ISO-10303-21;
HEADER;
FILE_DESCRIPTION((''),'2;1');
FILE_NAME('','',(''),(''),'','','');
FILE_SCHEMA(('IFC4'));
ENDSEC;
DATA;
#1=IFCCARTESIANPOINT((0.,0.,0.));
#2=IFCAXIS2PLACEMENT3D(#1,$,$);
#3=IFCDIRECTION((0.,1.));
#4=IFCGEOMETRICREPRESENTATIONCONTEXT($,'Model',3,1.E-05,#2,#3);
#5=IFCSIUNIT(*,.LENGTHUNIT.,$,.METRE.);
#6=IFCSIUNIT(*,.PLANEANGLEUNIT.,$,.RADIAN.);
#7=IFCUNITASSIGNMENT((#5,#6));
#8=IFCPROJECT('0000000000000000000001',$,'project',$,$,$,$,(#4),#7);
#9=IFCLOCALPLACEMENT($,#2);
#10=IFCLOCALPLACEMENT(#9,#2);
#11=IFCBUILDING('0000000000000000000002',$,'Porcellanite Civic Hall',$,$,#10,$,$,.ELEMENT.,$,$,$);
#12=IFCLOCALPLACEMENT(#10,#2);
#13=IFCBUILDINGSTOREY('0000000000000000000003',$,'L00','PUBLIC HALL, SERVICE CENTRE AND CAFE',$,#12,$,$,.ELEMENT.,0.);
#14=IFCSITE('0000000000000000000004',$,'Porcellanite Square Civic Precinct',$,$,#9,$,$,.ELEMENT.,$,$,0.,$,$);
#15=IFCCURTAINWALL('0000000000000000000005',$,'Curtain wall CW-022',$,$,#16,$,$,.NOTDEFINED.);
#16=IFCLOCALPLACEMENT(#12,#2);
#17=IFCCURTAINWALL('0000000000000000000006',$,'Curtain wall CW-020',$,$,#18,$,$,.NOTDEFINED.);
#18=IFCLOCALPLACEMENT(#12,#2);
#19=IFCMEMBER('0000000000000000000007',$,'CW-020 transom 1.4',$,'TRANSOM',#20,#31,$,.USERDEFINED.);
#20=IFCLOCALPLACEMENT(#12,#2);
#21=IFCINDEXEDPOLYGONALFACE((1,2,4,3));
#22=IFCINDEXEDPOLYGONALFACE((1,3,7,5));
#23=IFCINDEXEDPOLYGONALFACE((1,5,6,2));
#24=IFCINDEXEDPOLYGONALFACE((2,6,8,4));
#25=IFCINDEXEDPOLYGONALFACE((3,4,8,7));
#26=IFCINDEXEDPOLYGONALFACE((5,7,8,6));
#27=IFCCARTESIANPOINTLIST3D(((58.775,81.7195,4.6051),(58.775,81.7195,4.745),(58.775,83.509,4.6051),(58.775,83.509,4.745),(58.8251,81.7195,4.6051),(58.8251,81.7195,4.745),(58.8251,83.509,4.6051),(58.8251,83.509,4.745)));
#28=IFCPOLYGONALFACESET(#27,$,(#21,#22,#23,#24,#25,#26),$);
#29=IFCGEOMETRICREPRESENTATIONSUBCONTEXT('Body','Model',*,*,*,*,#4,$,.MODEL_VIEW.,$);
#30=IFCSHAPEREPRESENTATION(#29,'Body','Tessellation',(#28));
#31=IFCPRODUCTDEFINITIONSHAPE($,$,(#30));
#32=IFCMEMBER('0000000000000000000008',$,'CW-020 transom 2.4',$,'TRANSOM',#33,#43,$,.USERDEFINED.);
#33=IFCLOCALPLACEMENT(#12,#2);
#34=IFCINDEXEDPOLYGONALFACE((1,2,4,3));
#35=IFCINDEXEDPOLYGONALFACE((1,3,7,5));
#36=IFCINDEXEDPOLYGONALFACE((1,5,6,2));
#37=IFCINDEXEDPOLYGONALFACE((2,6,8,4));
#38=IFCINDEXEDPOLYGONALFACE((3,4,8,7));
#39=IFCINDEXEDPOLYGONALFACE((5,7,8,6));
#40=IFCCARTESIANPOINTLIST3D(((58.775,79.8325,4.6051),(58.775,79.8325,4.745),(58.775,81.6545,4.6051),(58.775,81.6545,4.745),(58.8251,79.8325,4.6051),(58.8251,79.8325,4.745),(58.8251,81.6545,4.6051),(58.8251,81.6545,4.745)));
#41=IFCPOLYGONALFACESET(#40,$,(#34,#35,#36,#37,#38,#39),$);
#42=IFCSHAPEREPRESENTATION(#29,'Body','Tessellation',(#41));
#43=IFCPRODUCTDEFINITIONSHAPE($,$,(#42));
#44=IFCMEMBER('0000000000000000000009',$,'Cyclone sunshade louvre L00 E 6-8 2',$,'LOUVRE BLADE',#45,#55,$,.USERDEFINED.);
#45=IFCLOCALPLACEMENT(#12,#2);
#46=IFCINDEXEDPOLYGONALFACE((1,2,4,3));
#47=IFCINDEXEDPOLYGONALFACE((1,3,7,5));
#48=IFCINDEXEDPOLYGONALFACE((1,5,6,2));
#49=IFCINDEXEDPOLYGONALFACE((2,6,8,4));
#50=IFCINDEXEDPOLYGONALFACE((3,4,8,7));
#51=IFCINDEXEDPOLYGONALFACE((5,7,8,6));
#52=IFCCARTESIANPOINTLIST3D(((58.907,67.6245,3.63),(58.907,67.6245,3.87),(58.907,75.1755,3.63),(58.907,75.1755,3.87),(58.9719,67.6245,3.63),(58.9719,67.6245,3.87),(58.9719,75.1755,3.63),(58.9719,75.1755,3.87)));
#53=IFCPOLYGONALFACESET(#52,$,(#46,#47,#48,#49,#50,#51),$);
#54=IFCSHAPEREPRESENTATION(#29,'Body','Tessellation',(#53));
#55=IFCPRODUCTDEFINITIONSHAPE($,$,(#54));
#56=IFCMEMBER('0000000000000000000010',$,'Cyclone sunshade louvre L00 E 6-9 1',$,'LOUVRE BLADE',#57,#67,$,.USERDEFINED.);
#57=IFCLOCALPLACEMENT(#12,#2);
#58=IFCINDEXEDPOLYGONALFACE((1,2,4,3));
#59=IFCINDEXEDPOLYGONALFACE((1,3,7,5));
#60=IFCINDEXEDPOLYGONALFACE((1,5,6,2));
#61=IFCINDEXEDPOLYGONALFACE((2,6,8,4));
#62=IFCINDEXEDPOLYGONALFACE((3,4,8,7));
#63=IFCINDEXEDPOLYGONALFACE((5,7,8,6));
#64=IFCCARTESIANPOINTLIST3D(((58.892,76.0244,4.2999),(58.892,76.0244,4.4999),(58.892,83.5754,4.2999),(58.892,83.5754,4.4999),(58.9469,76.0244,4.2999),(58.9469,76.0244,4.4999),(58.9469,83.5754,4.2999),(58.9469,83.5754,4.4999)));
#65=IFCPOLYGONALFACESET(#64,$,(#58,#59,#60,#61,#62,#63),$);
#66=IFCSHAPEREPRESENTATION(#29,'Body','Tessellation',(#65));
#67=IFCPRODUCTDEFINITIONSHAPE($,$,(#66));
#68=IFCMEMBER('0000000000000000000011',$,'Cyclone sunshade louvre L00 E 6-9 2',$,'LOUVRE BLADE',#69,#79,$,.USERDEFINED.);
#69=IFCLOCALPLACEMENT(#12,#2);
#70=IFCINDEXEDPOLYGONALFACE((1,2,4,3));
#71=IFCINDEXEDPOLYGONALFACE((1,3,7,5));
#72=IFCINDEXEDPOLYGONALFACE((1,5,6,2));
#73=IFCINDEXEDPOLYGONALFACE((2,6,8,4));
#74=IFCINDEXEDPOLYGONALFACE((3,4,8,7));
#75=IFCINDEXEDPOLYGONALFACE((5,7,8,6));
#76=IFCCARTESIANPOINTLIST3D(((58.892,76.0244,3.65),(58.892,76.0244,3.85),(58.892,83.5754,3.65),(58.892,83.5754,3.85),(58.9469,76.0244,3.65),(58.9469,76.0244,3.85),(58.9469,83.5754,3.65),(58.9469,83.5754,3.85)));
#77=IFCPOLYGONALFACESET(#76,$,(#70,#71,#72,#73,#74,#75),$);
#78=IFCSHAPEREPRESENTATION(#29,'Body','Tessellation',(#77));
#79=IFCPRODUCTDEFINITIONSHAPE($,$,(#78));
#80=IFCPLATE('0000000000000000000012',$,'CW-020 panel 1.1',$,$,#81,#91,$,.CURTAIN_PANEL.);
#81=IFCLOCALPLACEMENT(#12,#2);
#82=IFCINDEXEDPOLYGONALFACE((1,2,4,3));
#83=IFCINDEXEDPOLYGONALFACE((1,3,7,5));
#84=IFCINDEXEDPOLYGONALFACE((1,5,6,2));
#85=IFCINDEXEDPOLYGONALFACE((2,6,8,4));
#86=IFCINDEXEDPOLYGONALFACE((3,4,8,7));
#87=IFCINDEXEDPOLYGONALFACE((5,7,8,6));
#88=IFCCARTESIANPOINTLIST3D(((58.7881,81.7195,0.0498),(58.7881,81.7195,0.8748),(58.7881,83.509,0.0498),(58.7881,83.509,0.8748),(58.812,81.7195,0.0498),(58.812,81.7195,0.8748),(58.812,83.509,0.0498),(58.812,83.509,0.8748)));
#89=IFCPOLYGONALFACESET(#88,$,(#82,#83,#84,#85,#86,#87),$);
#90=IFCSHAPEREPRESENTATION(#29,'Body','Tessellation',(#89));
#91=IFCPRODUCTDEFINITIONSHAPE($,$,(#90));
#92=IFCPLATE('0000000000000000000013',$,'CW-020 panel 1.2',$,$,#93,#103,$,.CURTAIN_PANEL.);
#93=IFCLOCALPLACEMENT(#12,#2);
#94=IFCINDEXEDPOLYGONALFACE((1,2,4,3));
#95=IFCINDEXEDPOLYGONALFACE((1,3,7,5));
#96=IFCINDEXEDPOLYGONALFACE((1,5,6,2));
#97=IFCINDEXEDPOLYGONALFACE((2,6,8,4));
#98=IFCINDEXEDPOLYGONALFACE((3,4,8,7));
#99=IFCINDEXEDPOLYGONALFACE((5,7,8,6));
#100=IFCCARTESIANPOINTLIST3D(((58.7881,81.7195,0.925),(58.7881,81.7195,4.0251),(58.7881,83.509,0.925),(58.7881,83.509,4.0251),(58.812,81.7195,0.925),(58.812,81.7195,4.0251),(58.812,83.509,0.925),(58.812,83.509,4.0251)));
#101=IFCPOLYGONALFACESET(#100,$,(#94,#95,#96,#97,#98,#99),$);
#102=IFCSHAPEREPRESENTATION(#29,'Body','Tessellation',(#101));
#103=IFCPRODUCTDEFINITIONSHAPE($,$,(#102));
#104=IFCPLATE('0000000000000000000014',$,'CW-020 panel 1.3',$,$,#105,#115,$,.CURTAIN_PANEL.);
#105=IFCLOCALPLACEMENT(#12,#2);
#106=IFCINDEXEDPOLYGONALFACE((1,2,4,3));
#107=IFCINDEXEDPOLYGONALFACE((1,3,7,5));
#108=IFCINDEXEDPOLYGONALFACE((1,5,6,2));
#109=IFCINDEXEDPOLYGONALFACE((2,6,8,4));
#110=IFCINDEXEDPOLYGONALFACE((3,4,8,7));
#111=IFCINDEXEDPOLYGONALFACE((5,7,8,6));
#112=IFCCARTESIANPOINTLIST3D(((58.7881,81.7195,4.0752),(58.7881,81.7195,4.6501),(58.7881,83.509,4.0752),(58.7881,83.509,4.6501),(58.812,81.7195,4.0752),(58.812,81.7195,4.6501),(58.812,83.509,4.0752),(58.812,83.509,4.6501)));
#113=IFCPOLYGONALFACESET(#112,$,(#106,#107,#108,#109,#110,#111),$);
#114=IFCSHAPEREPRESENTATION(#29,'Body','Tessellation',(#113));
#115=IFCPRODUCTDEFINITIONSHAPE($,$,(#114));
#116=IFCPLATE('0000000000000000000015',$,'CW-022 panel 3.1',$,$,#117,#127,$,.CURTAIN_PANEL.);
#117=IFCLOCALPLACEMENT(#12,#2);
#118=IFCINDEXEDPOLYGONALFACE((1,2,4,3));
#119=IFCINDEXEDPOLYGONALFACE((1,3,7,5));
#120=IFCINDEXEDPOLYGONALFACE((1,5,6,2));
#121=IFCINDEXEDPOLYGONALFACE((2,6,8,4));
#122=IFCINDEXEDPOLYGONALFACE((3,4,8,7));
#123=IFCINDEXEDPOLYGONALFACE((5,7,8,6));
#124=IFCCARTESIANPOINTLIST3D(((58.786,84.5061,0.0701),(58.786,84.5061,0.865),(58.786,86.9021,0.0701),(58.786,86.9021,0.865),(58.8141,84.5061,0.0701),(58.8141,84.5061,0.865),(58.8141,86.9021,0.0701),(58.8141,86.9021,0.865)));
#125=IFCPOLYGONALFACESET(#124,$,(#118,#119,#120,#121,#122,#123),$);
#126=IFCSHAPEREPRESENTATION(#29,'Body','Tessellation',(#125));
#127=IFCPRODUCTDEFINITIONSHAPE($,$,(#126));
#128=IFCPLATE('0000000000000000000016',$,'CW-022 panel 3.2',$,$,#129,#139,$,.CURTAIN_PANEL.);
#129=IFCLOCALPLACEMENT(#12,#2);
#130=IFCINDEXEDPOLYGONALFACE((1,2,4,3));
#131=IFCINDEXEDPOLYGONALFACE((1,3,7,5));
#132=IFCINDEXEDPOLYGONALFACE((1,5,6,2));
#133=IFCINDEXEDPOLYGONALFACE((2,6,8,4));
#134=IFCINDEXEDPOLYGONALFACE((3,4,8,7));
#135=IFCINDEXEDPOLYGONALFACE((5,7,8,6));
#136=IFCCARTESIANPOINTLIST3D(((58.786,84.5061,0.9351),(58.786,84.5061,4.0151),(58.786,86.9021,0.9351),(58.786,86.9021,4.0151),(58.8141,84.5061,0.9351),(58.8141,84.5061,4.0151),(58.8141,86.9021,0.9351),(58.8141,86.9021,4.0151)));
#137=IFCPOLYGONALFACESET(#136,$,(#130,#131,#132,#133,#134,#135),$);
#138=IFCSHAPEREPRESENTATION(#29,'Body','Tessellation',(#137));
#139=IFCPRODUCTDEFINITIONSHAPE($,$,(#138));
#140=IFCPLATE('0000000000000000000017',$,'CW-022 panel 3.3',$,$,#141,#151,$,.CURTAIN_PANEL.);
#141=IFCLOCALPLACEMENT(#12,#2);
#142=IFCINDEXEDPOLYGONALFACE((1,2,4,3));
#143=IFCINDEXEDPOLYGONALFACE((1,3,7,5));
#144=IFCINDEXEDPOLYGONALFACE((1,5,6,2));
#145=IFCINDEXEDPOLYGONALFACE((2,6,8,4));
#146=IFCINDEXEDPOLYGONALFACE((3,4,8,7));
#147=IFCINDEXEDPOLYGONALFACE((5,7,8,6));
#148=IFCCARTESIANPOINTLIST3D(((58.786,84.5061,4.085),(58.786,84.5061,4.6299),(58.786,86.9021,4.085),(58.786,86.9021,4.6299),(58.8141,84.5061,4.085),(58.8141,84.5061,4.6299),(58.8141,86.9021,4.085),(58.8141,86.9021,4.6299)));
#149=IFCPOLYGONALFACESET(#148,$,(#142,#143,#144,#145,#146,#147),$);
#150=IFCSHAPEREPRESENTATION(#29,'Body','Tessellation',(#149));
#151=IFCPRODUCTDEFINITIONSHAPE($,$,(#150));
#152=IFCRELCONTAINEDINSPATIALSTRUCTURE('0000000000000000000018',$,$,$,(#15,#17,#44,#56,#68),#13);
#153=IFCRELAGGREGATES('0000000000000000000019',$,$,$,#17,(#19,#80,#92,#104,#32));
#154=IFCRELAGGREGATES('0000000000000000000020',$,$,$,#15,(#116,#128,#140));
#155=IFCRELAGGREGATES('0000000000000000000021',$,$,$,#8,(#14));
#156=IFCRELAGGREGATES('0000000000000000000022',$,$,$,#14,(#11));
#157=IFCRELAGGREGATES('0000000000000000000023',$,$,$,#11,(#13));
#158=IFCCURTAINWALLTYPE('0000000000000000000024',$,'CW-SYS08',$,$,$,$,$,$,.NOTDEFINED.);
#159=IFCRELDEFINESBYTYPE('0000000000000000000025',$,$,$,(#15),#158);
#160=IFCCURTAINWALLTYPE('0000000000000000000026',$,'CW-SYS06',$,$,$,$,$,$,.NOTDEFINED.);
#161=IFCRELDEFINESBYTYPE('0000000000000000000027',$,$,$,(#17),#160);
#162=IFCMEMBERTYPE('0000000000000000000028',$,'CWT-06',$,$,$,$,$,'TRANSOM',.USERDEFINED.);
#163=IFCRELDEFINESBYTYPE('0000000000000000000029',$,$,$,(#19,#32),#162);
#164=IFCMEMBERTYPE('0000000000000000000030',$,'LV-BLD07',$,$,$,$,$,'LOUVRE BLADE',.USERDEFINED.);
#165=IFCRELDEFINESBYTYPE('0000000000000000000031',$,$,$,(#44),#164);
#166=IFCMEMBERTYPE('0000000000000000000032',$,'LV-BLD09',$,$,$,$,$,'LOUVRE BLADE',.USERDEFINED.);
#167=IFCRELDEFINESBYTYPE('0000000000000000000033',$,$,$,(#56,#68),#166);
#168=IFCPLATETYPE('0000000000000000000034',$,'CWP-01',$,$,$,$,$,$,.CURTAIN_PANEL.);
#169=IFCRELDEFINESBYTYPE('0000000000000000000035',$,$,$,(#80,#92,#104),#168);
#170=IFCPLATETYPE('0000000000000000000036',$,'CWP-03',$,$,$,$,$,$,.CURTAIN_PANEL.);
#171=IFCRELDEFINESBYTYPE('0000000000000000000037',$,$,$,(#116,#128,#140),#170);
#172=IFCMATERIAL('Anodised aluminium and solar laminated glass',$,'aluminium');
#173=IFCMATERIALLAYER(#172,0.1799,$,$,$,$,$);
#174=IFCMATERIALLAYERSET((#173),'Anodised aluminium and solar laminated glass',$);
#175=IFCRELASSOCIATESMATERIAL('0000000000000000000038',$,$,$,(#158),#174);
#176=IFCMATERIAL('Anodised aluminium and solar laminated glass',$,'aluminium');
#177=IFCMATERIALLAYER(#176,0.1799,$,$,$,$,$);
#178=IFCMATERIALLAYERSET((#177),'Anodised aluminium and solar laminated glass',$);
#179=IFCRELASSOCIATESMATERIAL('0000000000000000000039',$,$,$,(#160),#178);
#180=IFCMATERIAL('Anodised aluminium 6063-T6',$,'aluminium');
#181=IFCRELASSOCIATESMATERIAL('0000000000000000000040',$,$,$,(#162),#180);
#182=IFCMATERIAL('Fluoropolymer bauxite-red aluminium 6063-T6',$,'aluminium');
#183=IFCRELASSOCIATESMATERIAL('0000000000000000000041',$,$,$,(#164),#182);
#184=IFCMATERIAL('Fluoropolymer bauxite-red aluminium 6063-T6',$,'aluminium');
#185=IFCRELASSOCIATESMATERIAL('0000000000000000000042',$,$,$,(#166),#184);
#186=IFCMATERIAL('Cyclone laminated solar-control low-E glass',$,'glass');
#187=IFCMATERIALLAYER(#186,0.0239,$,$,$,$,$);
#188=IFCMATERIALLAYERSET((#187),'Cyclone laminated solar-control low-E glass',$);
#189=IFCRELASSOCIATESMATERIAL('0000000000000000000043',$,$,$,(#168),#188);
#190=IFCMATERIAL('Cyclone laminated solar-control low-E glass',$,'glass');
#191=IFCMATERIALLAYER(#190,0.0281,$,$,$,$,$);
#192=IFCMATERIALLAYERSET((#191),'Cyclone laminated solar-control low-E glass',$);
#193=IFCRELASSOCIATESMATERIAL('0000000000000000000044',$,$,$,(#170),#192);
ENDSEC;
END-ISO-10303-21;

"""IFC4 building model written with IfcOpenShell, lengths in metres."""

from ifc_helpers import new_model, si_unit, direction, frame, origin, origin_2d, place, context, subcontext, project, spatial, rectangle, extrude, material, layer, layer_set, material_profile, profile_set, type_object, element, aggregate, save


model = new_model("IFC4")

# Units and contexts
model_context = context("Model", 3, precision=1e-05, world=origin(), true_north=direction((0.0, 1.0)))
body_context = subcontext(model_context, "Body", "Model", "MODEL_VIEW")
ifc_project = project(units=[si_unit("LENGTHUNIT", "METRE"), si_unit("PLANEANGLEUNIT", "RADIAN")], contexts=[model_context])

# Site, building, storey
site_placement = place(None, origin())
site = spatial("IfcSite", under=ifc_project, at=site_placement, Name="Porcellanite Square Civic Precinct", CompositionType="ELEMENT", RefElevation=0.0)
building_placement = place(site_placement, origin())
building = spatial("IfcBuilding", under=site, at=building_placement, Name="Porcellanite Civic Hall", CompositionType="ELEMENT")
storey_placement = place(building_placement, origin())
storey = spatial("IfcBuildingStorey", under=building, at=storey_placement, Name="L00", Description="PUBLIC HALL, SERVICE CENTRE AND CAFE", CompositionType="ELEMENT", Elevation=0.0)

# Curtain walls
ifc_material_1 = material(Name="Anodised aluminium and solar laminated glass", Category="aluminium")
ifc_layer_1 = layer(ifc_material_1, 0.1799)
ifc_layer_set_1 = layer_set([ifc_layer_1], Name="Anodised aluminium and solar laminated glass")
curtain_wall_type_1 = type_object("IfcCurtainWallType", Name="CW-SYS08", PredefinedType="NOTDEFINED", material=ifc_layer_set_1)
curtain_wall_1_placement = place(storey_placement, origin())
curtain_wall_1 = element("IfcCurtainWall", 1, at=curtain_wall_1_placement, inside=storey, type_object=curtain_wall_type_1, Name="Curtain wall CW-022", PredefinedType="NOTDEFINED")
ifc_material_2 = material(Name="Anodised aluminium and solar laminated glass", Category="aluminium")
ifc_layer_2 = layer(ifc_material_2, 0.1799)
ifc_layer_set_2 = layer_set([ifc_layer_2], Name="Anodised aluminium and solar laminated glass")
curtain_wall_type_2 = type_object("IfcCurtainWallType", Name="CW-SYS06", PredefinedType="NOTDEFINED", material=ifc_layer_set_2)
curtain_wall_2_placement = place(storey_placement, origin())
curtain_wall_2 = element("IfcCurtainWall", 2, at=curtain_wall_2_placement, inside=storey, type_object=curtain_wall_type_2, Name="Curtain wall CW-020", PredefinedType="NOTDEFINED")

# Members
ifc_material_3 = material(Name="Anodised aluminium 6063-T6", Category="aluminium")
ifc_material_profile_1 = material_profile(ifc_material_3, rectangle(XDim=0.05, YDim=0.1399, at=origin_2d()), Name="AL-50x140")
ifc_profile_set_1 = profile_set([ifc_material_profile_1], Name="Anodised aluminium 6063-T6")
member_type_1 = type_object("IfcMemberType", Name="CWT-06", ElementType="TRANSOM", PredefinedType="USERDEFINED", material=ifc_profile_set_1)
member_1_placement = place(storey_placement, frame((58.8, 83.509, 4.675), z_axis=(0.0, -1.0, 0.0), x_axis=(1.0, 0.0, 0.0)))
member_1 = element("IfcMember", 3, at=member_1_placement, type_object=member_type_1, Name="CW-020 transom 1.4", ObjectType="TRANSOM", PredefinedType="USERDEFINED", context=body_context, shape_type="SweptSolid", body=[
    extrude(rectangle(XDim=0.05, YDim=0.1399, at=origin_2d()), origin(), (0.0, 0.0, 1.0), 1.7896),
])
member_2_placement = place(storey_placement, frame((58.8, 81.6545, 4.675), z_axis=(0.0, -1.0, 0.0), x_axis=(1.0, 0.0, 0.0)))
member_2 = element("IfcMember", 4, at=member_2_placement, type_object=member_type_1, Name="CW-020 transom 2.4", ObjectType="TRANSOM", PredefinedType="USERDEFINED", context=body_context, shape_type="SweptSolid", body=[
    extrude(rectangle(XDim=0.05, YDim=0.1399, at=origin_2d()), origin(), (0.0, 0.0, 1.0), 1.822),
])

# Members
ifc_material_4 = material(Name="Fluoropolymer bauxite-red aluminium 6063-T6", Category="aluminium")
ifc_material_profile_2 = material_profile(ifc_material_4, rectangle(XDim=0.0649, YDim=0.24, at=origin_2d()), Name="AL-65x240")
ifc_profile_set_2 = profile_set([ifc_material_profile_2], Name="Fluoropolymer bauxite-red aluminium 6063-T6")
member_type_2 = type_object("IfcMemberType", Name="LV-BLD07", ElementType="LOUVRE BLADE", PredefinedType="USERDEFINED", material=ifc_profile_set_2)
member_3_placement = place(storey_placement, frame((58.9395, 75.1755, 3.75), z_axis=(0.0, -1.0, 0.0), x_axis=(1.0, 0.0, 0.0)))
element("IfcMember", 5, at=member_3_placement, inside=storey, type_object=member_type_2, Name="Cyclone sunshade louvre L00 E 6-8 2", ObjectType="LOUVRE BLADE", PredefinedType="USERDEFINED", context=body_context, shape_type="SweptSolid", body=[
    extrude(rectangle(XDim=0.0649, YDim=0.24, at=origin_2d()), origin(), (0.0, 0.0, 1.0), 7.551),
])
ifc_material_5 = material(Name="Fluoropolymer bauxite-red aluminium 6063-T6", Category="aluminium")
ifc_material_profile_3 = material_profile(ifc_material_5, rectangle(XDim=0.0549, YDim=0.2, at=origin_2d()), Name="AL-55x200")
ifc_profile_set_3 = profile_set([ifc_material_profile_3], Name="Fluoropolymer bauxite-red aluminium 6063-T6")
member_type_3 = type_object("IfcMemberType", Name="LV-BLD09", ElementType="LOUVRE BLADE", PredefinedType="USERDEFINED", material=ifc_profile_set_3)
for number, where, z_axis, x_axis, name in (
    (6, (58.9194, 83.5754, 4.3999), (0.0, -1.0, 0.0), (1.0, 0.0, 0.0), "Cyclone sunshade louvre L00 E 6-9 1"),
    (7, (58.9194, 83.5754, 3.75), (0.0, -1.0, 0.0), (1.0, 0.0, 0.0), "Cyclone sunshade louvre L00 E 6-9 2"),
):
    element("IfcMember", number, at=place(storey_placement, frame(where, z_axis=z_axis, x_axis=x_axis)), inside=storey, type_object=member_type_3, Name=name, ObjectType="LOUVRE BLADE", PredefinedType="USERDEFINED", context=body_context, shape_type="SweptSolid", body=[
        extrude(rectangle(XDim=0.0549, YDim=0.2, at=origin_2d()), origin(), (0.0, 0.0, 1.0), 7.551),
    ])

# Plates
ifc_material_6 = material(Name="Cyclone laminated solar-control low-E glass", Category="glass")
ifc_layer_3 = layer(ifc_material_6, 0.0239)
ifc_layer_set_3 = layer_set([ifc_layer_3], Name="Cyclone laminated solar-control low-E glass")
plate_type_1 = type_object("IfcPlateType", Name="CWP-01", PredefinedType="CURTAIN_PANEL", material=ifc_layer_set_3)
plate_1_placement = place(storey_placement, frame((58.8, 82.6143, 0.0498), z_axis=(0.0, 0.0, 1.0), x_axis=(0.0, -1.0, 0.0)))
plate_1 = element("IfcPlate", 8, at=plate_1_placement, type_object=plate_type_1, Name="CW-020 panel 1.1", PredefinedType="CURTAIN_PANEL", context=body_context, shape_type="SweptSolid", body=[
    extrude(rectangle(XDim=1.7896, YDim=0.0239, at=origin_2d()), origin(), (0.0, 0.0, 1.0), 0.825),
])
plate_2_placement = place(storey_placement, frame((58.8, 82.6143, 0.925), z_axis=(0.0, 0.0, 1.0), x_axis=(0.0, -1.0, 0.0)))
plate_2 = element("IfcPlate", 9, at=plate_2_placement, type_object=plate_type_1, Name="CW-020 panel 1.2", PredefinedType="CURTAIN_PANEL", context=body_context, shape_type="SweptSolid", body=[
    extrude(rectangle(XDim=1.7896, YDim=0.0239, at=origin_2d()), origin(), (0.0, 0.0, 1.0), 3.1001),
])
plate_3_placement = place(storey_placement, frame((58.8, 82.6143, 4.0752), z_axis=(0.0, 0.0, 1.0), x_axis=(0.0, -1.0, 0.0)))
plate_3 = element("IfcPlate", 10, at=plate_3_placement, type_object=plate_type_1, Name="CW-020 panel 1.3", PredefinedType="CURTAIN_PANEL", context=body_context, shape_type="SweptSolid", body=[
    extrude(rectangle(XDim=1.7896, YDim=0.0239, at=origin_2d()), origin(), (0.0, 0.0, 1.0), 0.575),
])
aggregate(curtain_wall_2, [member_1, plate_1, plate_2, plate_3, member_2])
ifc_material_7 = material(Name="Cyclone laminated solar-control low-E glass", Category="glass")
ifc_layer_4 = layer(ifc_material_7, 0.0281)
ifc_layer_set_4 = layer_set([ifc_layer_4], Name="Cyclone laminated solar-control low-E glass")
plate_type_2 = type_object("IfcPlateType", Name="CWP-03", PredefinedType="CURTAIN_PANEL", material=ifc_layer_set_4)
plate_4_placement = place(storey_placement, frame((58.8, 85.7041, 0.0701), z_axis=(0.0, 0.0, 1.0), x_axis=(0.0, -1.0, 0.0)))
plate_4 = element("IfcPlate", 11, at=plate_4_placement, type_object=plate_type_2, Name="CW-022 panel 3.1", PredefinedType="CURTAIN_PANEL", context=body_context, shape_type="SweptSolid", body=[
    extrude(rectangle(XDim=2.396, YDim=0.0281, at=origin_2d()), origin(), (0.0, 0.0, 1.0), 0.7949),
])
plate_5_placement = place(storey_placement, frame((58.8, 85.7041, 0.9351), z_axis=(0.0, 0.0, 1.0), x_axis=(0.0, -1.0, 0.0)))
plate_5 = element("IfcPlate", 12, at=plate_5_placement, type_object=plate_type_2, Name="CW-022 panel 3.2", PredefinedType="CURTAIN_PANEL", context=body_context, shape_type="SweptSolid", body=[
    extrude(rectangle(XDim=2.396, YDim=0.0281, at=origin_2d()), origin(), (0.0, 0.0, 1.0), 3.0801),
])
plate_6_placement = place(storey_placement, frame((58.8, 85.7041, 4.085), z_axis=(0.0, 0.0, 1.0), x_axis=(0.0, -1.0, 0.0)))
plate_6 = element("IfcPlate", 13, at=plate_6_placement, type_object=plate_type_2, Name="CW-022 panel 3.3", PredefinedType="CURTAIN_PANEL", context=body_context, shape_type="SweptSolid", body=[
    extrude(rectangle(XDim=2.396, YDim=0.0281, at=origin_2d()), origin(), (0.0, 0.0, 1.0), 0.5449),
])
aggregate(curtain_wall_1, [plate_4, plate_5, plate_6])

save(model, "model.ifc")
